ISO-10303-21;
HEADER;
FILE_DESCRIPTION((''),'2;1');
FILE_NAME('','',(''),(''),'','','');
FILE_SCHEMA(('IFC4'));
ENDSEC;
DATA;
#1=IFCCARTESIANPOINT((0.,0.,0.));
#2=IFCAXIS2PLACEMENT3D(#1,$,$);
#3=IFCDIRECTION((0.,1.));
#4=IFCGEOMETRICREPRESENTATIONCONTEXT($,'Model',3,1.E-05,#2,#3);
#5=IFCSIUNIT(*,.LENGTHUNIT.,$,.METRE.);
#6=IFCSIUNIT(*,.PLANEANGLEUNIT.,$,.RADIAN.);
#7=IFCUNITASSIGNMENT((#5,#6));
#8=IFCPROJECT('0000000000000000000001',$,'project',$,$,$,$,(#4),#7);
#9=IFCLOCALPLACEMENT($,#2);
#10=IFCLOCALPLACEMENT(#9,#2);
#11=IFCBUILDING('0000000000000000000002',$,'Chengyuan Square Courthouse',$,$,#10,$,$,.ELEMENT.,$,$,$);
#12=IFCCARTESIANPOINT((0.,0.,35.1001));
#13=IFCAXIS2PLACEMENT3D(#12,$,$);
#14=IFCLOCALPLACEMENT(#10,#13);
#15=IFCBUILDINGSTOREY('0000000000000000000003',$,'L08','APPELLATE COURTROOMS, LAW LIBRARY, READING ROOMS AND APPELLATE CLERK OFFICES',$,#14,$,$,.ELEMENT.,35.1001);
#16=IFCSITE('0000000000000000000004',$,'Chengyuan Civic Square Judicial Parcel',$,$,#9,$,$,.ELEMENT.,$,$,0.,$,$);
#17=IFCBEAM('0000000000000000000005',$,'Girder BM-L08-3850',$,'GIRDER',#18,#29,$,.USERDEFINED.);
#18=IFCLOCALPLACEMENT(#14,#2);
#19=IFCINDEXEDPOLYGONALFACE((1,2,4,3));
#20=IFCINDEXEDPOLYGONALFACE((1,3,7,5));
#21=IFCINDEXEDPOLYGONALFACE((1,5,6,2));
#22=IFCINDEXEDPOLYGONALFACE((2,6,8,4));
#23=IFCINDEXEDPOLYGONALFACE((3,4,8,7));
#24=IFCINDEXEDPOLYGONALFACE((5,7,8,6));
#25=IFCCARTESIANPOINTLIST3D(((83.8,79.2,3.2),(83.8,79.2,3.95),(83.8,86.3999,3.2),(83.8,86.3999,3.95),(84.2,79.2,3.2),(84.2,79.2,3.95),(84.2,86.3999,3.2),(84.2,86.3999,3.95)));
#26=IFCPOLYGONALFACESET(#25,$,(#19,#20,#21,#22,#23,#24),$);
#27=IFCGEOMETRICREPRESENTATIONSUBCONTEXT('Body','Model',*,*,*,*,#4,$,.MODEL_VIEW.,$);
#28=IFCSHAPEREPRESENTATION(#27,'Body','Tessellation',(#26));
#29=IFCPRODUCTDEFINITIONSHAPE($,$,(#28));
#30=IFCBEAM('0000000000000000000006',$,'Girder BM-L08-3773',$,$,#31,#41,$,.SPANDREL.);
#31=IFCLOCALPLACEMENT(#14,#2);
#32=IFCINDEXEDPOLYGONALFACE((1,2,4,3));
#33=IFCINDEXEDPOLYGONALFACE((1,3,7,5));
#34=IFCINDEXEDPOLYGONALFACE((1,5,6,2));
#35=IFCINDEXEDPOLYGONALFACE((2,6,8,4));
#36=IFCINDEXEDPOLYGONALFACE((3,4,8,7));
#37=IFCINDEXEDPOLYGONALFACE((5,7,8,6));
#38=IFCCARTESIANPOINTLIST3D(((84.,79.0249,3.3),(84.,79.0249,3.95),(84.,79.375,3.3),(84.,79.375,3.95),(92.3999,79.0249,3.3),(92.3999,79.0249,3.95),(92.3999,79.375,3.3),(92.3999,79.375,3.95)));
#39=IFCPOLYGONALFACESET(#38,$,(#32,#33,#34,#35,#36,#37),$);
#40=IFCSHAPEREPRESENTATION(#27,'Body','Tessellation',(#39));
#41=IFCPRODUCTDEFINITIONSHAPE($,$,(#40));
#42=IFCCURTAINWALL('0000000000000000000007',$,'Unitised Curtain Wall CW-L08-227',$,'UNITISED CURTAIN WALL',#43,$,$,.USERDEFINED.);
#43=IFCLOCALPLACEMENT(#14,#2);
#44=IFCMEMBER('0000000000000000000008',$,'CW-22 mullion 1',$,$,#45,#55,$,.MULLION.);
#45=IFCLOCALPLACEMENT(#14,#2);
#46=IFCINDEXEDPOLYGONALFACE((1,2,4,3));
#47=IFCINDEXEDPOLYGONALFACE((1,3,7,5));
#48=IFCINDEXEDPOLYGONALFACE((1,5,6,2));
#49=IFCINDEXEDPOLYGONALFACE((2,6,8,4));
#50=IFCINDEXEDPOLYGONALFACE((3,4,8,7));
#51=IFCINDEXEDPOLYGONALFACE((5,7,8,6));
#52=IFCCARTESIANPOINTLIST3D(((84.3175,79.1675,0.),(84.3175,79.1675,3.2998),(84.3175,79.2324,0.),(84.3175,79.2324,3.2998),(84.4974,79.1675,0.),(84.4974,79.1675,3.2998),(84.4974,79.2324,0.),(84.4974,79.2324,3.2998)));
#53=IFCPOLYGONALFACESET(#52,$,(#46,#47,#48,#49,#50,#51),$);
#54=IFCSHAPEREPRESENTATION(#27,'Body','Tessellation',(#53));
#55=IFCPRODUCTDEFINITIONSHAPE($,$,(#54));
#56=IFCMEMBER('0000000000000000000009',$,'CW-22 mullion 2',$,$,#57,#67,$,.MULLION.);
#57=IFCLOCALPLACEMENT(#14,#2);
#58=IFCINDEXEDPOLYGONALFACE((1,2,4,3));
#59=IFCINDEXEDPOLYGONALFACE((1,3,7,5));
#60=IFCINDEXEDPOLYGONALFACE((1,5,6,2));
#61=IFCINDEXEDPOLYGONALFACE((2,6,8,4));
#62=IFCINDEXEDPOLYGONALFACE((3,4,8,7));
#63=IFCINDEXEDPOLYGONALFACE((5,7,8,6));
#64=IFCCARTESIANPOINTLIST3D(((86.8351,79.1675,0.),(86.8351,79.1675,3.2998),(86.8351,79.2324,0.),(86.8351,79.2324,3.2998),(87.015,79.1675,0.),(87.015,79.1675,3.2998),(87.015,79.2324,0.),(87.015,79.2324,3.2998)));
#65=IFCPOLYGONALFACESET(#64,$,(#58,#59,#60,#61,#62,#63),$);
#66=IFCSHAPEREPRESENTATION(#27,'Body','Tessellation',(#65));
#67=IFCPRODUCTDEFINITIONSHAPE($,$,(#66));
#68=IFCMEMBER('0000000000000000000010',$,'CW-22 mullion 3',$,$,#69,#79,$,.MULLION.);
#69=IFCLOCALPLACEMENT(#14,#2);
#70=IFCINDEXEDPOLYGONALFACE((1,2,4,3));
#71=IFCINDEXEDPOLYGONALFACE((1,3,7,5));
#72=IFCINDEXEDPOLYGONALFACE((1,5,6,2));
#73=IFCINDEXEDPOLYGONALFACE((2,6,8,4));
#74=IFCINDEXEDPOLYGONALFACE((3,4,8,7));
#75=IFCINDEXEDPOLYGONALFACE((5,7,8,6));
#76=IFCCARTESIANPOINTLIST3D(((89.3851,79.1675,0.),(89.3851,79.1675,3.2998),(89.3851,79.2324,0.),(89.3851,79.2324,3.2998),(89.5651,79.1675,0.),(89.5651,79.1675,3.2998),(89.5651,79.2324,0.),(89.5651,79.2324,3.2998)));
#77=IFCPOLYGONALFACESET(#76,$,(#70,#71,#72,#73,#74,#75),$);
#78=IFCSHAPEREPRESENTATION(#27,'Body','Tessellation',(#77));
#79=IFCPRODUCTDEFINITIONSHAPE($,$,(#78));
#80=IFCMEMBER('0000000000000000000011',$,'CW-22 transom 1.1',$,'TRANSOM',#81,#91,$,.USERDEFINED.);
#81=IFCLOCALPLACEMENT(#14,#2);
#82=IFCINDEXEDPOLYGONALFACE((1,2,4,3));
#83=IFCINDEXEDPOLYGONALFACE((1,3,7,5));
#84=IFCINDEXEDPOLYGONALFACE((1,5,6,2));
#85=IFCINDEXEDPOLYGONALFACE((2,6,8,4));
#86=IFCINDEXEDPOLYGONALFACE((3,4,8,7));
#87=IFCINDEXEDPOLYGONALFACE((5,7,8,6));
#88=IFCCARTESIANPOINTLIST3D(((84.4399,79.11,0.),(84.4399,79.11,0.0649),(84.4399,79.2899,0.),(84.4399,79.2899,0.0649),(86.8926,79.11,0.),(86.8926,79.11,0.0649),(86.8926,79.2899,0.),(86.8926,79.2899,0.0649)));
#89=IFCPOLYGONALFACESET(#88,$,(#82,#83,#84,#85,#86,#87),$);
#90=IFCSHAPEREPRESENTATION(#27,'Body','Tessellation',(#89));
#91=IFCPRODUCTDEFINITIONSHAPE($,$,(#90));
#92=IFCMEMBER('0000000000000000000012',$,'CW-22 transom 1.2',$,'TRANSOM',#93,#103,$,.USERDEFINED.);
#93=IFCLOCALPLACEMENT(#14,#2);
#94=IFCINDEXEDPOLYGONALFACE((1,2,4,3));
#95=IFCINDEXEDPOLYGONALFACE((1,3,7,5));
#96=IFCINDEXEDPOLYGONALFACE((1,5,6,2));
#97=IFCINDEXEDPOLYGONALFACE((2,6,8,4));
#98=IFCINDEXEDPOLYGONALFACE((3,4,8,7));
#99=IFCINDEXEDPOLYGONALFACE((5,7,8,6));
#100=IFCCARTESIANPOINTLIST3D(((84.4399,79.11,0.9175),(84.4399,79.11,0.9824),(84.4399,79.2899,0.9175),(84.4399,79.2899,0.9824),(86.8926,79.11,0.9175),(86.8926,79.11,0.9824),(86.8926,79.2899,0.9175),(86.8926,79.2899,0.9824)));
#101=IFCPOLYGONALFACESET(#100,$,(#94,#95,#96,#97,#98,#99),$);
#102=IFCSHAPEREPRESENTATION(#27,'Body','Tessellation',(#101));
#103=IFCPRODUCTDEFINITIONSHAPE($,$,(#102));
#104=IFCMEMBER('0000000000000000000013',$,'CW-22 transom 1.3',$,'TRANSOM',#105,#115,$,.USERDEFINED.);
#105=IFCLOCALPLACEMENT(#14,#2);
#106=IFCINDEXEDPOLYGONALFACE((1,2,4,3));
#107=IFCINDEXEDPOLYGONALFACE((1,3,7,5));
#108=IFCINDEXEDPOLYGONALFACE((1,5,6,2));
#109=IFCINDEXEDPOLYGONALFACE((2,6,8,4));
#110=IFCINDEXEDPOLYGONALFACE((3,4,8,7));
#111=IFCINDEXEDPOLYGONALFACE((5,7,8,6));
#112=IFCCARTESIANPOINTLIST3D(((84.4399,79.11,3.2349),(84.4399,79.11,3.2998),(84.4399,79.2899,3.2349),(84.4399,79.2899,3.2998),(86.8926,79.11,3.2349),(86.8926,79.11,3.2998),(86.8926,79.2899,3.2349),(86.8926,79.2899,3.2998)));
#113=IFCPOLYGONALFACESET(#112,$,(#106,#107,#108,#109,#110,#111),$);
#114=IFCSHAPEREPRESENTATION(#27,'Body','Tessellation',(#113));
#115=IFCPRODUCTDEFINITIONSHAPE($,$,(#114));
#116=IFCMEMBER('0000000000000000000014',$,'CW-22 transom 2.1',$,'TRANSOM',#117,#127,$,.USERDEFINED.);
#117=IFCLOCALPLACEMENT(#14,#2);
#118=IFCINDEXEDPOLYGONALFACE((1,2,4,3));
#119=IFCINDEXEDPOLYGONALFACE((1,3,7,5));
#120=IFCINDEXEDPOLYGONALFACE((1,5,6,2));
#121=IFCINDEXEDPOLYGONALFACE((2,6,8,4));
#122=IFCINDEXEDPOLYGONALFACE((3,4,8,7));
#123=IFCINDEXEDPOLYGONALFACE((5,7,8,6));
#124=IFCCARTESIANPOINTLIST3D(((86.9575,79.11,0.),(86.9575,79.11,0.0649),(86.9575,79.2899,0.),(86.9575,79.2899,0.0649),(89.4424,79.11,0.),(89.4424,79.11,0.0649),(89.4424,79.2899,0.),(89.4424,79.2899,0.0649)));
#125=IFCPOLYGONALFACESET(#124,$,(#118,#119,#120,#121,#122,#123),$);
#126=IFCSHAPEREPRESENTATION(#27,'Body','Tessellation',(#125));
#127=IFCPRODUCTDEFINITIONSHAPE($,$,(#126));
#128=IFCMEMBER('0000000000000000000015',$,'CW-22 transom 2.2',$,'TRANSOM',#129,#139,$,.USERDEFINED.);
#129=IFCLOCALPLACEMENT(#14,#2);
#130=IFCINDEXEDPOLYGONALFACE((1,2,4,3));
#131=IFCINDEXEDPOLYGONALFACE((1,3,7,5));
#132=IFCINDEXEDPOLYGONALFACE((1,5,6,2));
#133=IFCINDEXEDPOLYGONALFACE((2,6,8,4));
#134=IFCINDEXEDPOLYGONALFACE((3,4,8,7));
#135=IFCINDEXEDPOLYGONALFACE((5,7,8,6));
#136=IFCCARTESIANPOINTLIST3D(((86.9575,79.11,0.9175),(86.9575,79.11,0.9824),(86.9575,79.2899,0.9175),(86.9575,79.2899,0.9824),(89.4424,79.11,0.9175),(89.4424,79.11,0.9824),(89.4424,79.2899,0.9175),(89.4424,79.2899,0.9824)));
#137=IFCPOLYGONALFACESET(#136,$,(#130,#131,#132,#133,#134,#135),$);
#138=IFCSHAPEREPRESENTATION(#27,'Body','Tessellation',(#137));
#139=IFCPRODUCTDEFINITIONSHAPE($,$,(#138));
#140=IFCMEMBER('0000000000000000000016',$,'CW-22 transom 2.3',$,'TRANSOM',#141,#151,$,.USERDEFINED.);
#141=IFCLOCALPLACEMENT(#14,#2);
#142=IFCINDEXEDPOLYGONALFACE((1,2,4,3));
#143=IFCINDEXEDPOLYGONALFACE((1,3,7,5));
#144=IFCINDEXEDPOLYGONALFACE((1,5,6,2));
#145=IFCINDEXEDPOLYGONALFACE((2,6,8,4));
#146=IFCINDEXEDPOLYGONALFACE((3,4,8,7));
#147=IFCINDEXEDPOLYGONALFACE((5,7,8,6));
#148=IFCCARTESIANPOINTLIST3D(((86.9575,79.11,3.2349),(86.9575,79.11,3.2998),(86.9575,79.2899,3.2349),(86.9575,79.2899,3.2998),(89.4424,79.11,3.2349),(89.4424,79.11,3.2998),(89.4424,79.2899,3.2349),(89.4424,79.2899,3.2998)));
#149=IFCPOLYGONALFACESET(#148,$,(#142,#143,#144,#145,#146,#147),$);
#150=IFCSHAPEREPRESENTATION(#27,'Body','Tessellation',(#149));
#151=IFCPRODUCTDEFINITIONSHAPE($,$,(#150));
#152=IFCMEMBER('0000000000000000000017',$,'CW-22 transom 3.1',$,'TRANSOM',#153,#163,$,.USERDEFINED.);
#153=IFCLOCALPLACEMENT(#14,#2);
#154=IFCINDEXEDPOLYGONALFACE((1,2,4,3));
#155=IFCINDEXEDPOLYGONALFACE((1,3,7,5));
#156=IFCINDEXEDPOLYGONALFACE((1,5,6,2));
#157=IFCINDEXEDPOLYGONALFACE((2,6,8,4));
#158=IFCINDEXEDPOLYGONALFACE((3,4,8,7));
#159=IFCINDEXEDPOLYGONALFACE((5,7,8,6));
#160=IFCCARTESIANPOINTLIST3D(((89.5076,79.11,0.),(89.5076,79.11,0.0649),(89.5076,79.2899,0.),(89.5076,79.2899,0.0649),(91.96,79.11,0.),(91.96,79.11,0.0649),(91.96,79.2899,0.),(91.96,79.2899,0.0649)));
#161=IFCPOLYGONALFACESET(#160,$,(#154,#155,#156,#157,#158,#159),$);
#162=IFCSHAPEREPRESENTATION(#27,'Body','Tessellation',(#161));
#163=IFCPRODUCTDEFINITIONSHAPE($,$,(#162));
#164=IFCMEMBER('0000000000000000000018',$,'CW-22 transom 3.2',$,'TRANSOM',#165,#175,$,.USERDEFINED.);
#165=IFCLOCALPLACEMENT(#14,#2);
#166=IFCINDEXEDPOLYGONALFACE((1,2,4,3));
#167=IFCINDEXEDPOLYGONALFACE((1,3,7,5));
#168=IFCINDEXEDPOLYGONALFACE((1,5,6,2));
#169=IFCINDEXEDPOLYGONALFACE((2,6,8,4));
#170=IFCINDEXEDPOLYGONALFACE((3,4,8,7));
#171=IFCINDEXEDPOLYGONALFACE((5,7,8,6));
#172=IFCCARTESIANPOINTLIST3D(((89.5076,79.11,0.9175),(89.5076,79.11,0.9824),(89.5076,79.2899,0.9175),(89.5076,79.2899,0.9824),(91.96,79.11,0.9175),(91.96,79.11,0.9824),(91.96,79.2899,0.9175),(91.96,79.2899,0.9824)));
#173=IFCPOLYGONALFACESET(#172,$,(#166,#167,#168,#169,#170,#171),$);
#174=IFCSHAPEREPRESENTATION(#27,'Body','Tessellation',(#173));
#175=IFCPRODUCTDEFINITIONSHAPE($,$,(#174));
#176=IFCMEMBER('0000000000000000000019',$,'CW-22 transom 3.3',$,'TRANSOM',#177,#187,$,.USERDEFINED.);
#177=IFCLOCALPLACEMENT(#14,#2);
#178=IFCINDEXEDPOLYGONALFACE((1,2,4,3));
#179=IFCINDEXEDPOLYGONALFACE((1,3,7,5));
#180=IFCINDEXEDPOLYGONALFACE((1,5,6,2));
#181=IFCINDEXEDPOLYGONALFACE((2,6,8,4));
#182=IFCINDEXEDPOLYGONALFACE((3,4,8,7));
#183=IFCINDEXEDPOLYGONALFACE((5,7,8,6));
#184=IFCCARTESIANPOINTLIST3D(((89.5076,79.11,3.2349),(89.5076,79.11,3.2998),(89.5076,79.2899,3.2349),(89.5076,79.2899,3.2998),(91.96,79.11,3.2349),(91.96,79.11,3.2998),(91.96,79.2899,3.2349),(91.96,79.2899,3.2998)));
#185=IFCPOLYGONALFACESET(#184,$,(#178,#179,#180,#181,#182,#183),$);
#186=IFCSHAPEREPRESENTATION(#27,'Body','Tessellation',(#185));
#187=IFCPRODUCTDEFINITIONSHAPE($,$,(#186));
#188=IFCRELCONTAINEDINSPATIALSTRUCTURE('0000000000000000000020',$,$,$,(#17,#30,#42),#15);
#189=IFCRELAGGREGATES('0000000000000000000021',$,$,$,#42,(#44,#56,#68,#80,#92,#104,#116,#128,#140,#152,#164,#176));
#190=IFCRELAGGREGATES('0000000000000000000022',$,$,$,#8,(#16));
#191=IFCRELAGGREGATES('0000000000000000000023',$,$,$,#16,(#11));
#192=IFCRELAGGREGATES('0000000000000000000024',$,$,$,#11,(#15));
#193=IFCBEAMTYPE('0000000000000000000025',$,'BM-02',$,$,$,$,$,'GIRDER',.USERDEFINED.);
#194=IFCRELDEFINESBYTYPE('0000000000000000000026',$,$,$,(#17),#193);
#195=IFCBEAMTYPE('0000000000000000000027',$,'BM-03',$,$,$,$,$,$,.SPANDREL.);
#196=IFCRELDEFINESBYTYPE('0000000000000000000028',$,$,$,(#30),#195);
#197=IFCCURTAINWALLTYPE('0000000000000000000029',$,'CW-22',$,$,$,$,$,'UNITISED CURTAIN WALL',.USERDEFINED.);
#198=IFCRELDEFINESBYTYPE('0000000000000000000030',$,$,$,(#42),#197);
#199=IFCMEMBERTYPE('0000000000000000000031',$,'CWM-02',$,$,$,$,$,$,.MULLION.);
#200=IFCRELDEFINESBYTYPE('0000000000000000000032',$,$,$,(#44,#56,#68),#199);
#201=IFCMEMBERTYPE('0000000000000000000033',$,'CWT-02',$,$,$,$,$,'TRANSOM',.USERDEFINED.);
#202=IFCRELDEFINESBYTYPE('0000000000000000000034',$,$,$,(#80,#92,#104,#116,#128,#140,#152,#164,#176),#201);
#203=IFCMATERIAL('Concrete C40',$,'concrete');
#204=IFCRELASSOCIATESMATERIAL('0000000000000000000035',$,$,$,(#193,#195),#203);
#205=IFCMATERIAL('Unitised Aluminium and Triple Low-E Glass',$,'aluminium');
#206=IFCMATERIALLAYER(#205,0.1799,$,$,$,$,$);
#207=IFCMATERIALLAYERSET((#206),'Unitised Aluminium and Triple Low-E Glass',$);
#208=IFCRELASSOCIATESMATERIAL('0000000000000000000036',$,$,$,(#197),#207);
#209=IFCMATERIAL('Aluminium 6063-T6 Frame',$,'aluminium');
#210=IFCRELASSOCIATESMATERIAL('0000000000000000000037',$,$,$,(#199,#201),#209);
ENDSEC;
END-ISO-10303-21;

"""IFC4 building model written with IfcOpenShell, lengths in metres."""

from ifc_helpers import new_model, si_unit, direction, frame, origin, origin_2d, place, context, subcontext, project, spatial, rectangle, extrude, material, layer, layer_set, material_profile, profile_set, type_object, element, aggregate, save


model = new_model("IFC4")

# Units and contexts
model_context = context("Model", 3, precision=1e-05, world=origin(), true_north=direction((0.0, 1.0)))
body_context = subcontext(model_context, "Body", "Model", "MODEL_VIEW")
ifc_project = project(units=[si_unit("LENGTHUNIT", "METRE"), si_unit("PLANEANGLEUNIT", "RADIAN")], contexts=[model_context])

# Site, building, storey
site_placement = place(None, origin())
site = spatial("IfcSite", under=ifc_project, at=site_placement, Name="Chengyuan Civic Square Judicial Parcel", CompositionType="ELEMENT", RefElevation=0.0)
building_placement = place(site_placement, origin())
building = spatial("IfcBuilding", under=site, at=building_placement, Name="Chengyuan Square Courthouse", CompositionType="ELEMENT")
storey_placement = place(building_placement, frame((0.0, 0.0, 35.1001)))
storey = spatial("IfcBuildingStorey", under=building, at=storey_placement, Name="L08", Description="APPELLATE COURTROOMS, LAW LIBRARY, READING ROOMS AND APPELLATE CLERK OFFICES", CompositionType="ELEMENT", Elevation=35.1001)

# Beams
ifc_material_1 = material(Name="Concrete C40", Category="concrete")
ifc_material_profile_1 = material_profile(ifc_material_1, rectangle(XDim=0.3999, YDim=0.75, at=origin_2d()), Name="RC-BM-400x750")
ifc_profile_set_1 = profile_set([ifc_material_profile_1], Name="Concrete C40")
beam_type_1 = type_object("IfcBeamType", Name="BM-02", ElementType="GIRDER", PredefinedType="USERDEFINED", material=ifc_profile_set_1)
beam_1_placement = place(storey_placement, frame((84.0, 79.2, 3.575), z_axis=(0.0, 1.0, 0.0), x_axis=(-1.0, 0.0, 0.0)))
element("IfcBeam", 1, at=beam_1_placement, inside=storey, type_object=beam_type_1, Name="Girder BM-L08-3850", ObjectType="GIRDER", PredefinedType="USERDEFINED", context=body_context, shape_type="SweptSolid", body=[
    extrude(rectangle(XDim=0.3999, YDim=0.75, at=origin_2d()), origin(), (0.0, 0.0, 1.0), 7.2),
])
ifc_material_profile_2 = material_profile(ifc_material_1, rectangle(XDim=0.3501, YDim=0.6499, at=origin_2d()), Name="RC-BM-350x650")
ifc_profile_set_2 = profile_set([ifc_material_profile_2], Name="Concrete C40")
beam_type_2 = type_object("IfcBeamType", Name="BM-03", PredefinedType="SPANDREL", material=ifc_profile_set_2)
beam_2_placement = place(storey_placement, frame((84.0, 79.2, 3.625), z_axis=(1.0, 0.0, 0.0), x_axis=(0.0, 1.0, 0.0)))
element("IfcBeam", 2, at=beam_2_placement, inside=storey, type_object=beam_type_2, Name="Girder BM-L08-3773", PredefinedType="SPANDREL", context=body_context, shape_type="SweptSolid", body=[
    extrude(rectangle(XDim=0.3501, YDim=0.6499, at=origin_2d()), origin(), (0.0, 0.0, 1.0), 8.3999),
])

# Curtain wall, members
ifc_material_2 = material(Name="Unitised Aluminium and Triple Low-E Glass", Category="aluminium")
ifc_layer_1 = layer(ifc_material_2, 0.1799)
ifc_layer_set_1 = layer_set([ifc_layer_1], Name="Unitised Aluminium and Triple Low-E Glass")
curtain_wall_type = type_object("IfcCurtainWallType", Name="CW-22", ElementType="UNITISED CURTAIN WALL", PredefinedType="USERDEFINED", material=ifc_layer_set_1)
curtain_wall_placement = place(storey_placement, origin())
curtain_wall = element("IfcCurtainWall", 3, at=curtain_wall_placement, inside=storey, type_object=curtain_wall_type, Name="Unitised Curtain Wall CW-L08-227", ObjectType="UNITISED CURTAIN WALL", PredefinedType="USERDEFINED")
ifc_material_3 = material(Name="Aluminium 6063-T6 Frame", Category="aluminium")
ifc_material_profile_3 = material_profile(ifc_material_3, rectangle(XDim=0.0649, YDim=0.1799, at=origin_2d()), Name="CW-MUL-65x180")
ifc_profile_set_3 = profile_set([ifc_material_profile_3], Name="Aluminium 6063-T6 Frame")
member_type_1 = type_object("IfcMemberType", Name="CWM-02", PredefinedType="MULLION", material=ifc_profile_set_3)
member_1_placement = place(storey_placement, frame((84.4075, 79.2, 0.0), z_axis=(0.0, 0.0, 1.0), x_axis=(0.0, 1.0, 0.0)))
member_1 = element("IfcMember", 4, at=member_1_placement, type_object=member_type_1, Name="CW-22 mullion 1", PredefinedType="MULLION", context=body_context, shape_type="SweptSolid", body=[
    extrude(rectangle(XDim=0.0649, YDim=0.1799, at=origin_2d()), origin(), (0.0, 0.0, 1.0), 3.2998),
])
member_2_placement = place(storey_placement, frame((86.925, 79.2, 0.0), z_axis=(0.0, 0.0, 1.0), x_axis=(0.0, 1.0, 0.0)))
member_2 = element("IfcMember", 5, at=member_2_placement, type_object=member_type_1, Name="CW-22 mullion 2", PredefinedType="MULLION", context=body_context, shape_type="SweptSolid", body=[
    extrude(rectangle(XDim=0.0649, YDim=0.1799, at=origin_2d()), origin(), (0.0, 0.0, 1.0), 3.2998),
])
member_3_placement = place(storey_placement, frame((89.4751, 79.2, 0.0), z_axis=(0.0, 0.0, 1.0), x_axis=(0.0, 1.0, 0.0)))
member_3 = element("IfcMember", 6, at=member_3_placement, type_object=member_type_1, Name="CW-22 mullion 3", PredefinedType="MULLION", context=body_context, shape_type="SweptSolid", body=[
    extrude(rectangle(XDim=0.0649, YDim=0.1799, at=origin_2d()), origin(), (0.0, 0.0, 1.0), 3.2998),
])
ifc_material_profile_4 = material_profile(ifc_material_3, rectangle(XDim=0.1799, YDim=0.0649, at=origin_2d()), Name="CW-TRN-65x140")
ifc_profile_set_4 = profile_set([ifc_material_profile_4], Name="Aluminium 6063-T6 Frame")
member_type_2 = type_object("IfcMemberType", Name="CWT-02", ElementType="TRANSOM", PredefinedType="USERDEFINED", material=ifc_profile_set_4)
member_4_placement = place(storey_placement, frame((84.4399, 79.2, 0.0325), z_axis=(1.0, 0.0, 0.0), x_axis=(0.0, 1.0, 0.0)))
member_4 = element("IfcMember", 7, at=member_4_placement, type_object=member_type_2, Name="CW-22 transom 1.1", ObjectType="TRANSOM", PredefinedType="USERDEFINED", context=body_context, shape_type="SweptSolid", body=[
    extrude(rectangle(XDim=0.1799, YDim=0.0649, at=origin_2d()), origin(), (0.0, 0.0, 1.0), 2.4526),
])
member_5_placement = place(storey_placement, frame((84.4399, 79.2, 0.95), z_axis=(1.0, 0.0, 0.0), x_axis=(0.0, 1.0, 0.0)))
member_5 = element("IfcMember", 8, at=member_5_placement, type_object=member_type_2, Name="CW-22 transom 1.2", ObjectType="TRANSOM", PredefinedType="USERDEFINED", context=body_context, shape_type="SweptSolid", body=[
    extrude(rectangle(XDim=0.1799, YDim=0.0649, at=origin_2d()), origin(), (0.0, 0.0, 1.0), 2.4526),
])
member_6_placement = place(storey_placement, frame((84.4399, 79.2, 3.2673), z_axis=(1.0, 0.0, 0.0), x_axis=(0.0, 1.0, 0.0)))
member_6 = element("IfcMember", 9, at=member_6_placement, type_object=member_type_2, Name="CW-22 transom 1.3", ObjectType="TRANSOM", PredefinedType="USERDEFINED", context=body_context, shape_type="SweptSolid", body=[
    extrude(rectangle(XDim=0.1799, YDim=0.0649, at=origin_2d()), origin(), (0.0, 0.0, 1.0), 2.4526),
])
member_7_placement = place(storey_placement, frame((86.9575, 79.2, 0.0325), z_axis=(1.0, 0.0, 0.0), x_axis=(0.0, 1.0, 0.0)))
member_7 = element("IfcMember", 10, at=member_7_placement, type_object=member_type_2, Name="CW-22 transom 2.1", ObjectType="TRANSOM", PredefinedType="USERDEFINED", context=body_context, shape_type="SweptSolid", body=[
    extrude(rectangle(XDim=0.1799, YDim=0.0649, at=origin_2d()), origin(), (0.0, 0.0, 1.0), 2.4849),
])
member_8_placement = place(storey_placement, frame((86.9575, 79.2, 0.95), z_axis=(1.0, 0.0, 0.0), x_axis=(0.0, 1.0, 0.0)))
member_8 = element("IfcMember", 11, at=member_8_placement, type_object=member_type_2, Name="CW-22 transom 2.2", ObjectType="TRANSOM", PredefinedType="USERDEFINED", context=body_context, shape_type="SweptSolid", body=[
    extrude(rectangle(XDim=0.1799, YDim=0.0649, at=origin_2d()), origin(), (0.0, 0.0, 1.0), 2.4849),
])
member_9_placement = place(storey_placement, frame((86.9575, 79.2, 3.2673), z_axis=(1.0, 0.0, 0.0), x_axis=(0.0, 1.0, 0.0)))
member_9 = element("IfcMember", 12, at=member_9_placement, type_object=member_type_2, Name="CW-22 transom 2.3", ObjectType="TRANSOM", PredefinedType="USERDEFINED", context=body_context, shape_type="SweptSolid", body=[
    extrude(rectangle(XDim=0.1799, YDim=0.0649, at=origin_2d()), origin(), (0.0, 0.0, 1.0), 2.4849),
])
member_10_placement = place(storey_placement, frame((89.5076, 79.2, 0.0325), z_axis=(1.0, 0.0, 0.0), x_axis=(0.0, 1.0, 0.0)))
member_10 = element("IfcMember", 13, at=member_10_placement, type_object=member_type_2, Name="CW-22 transom 3.1", ObjectType="TRANSOM", PredefinedType="USERDEFINED", context=body_context, shape_type="SweptSolid", body=[
    extrude(rectangle(XDim=0.1799, YDim=0.0649, at=origin_2d()), origin(), (0.0, 0.0, 1.0), 2.4524),
])
member_11_placement = place(storey_placement, frame((89.5076, 79.2, 0.95), z_axis=(1.0, 0.0, 0.0), x_axis=(0.0, 1.0, 0.0)))
member_11 = element("IfcMember", 14, at=member_11_placement, type_object=member_type_2, Name="CW-22 transom 3.2", ObjectType="TRANSOM", PredefinedType="USERDEFINED", context=body_context, shape_type="SweptSolid", body=[
    extrude(rectangle(XDim=0.1799, YDim=0.0649, at=origin_2d()), origin(), (0.0, 0.0, 1.0), 2.4524),
])
member_12_placement = place(storey_placement, frame((89.5076, 79.2, 3.2673), z_axis=(1.0, 0.0, 0.0), x_axis=(0.0, 1.0, 0.0)))
member_12 = element("IfcMember", 15, at=member_12_placement, type_object=member_type_2, Name="CW-22 transom 3.3", ObjectType="TRANSOM", PredefinedType="USERDEFINED", context=body_context, shape_type="SweptSolid", body=[
    extrude(rectangle(XDim=0.1799, YDim=0.0649, at=origin_2d()), origin(), (0.0, 0.0, 1.0), 2.4524),
])
aggregate(curtain_wall, [member_1, member_2, member_3, member_4, member_5, member_6, member_7, member_8, member_9, member_10, member_11, member_12])

save(model, "model.ifc")
